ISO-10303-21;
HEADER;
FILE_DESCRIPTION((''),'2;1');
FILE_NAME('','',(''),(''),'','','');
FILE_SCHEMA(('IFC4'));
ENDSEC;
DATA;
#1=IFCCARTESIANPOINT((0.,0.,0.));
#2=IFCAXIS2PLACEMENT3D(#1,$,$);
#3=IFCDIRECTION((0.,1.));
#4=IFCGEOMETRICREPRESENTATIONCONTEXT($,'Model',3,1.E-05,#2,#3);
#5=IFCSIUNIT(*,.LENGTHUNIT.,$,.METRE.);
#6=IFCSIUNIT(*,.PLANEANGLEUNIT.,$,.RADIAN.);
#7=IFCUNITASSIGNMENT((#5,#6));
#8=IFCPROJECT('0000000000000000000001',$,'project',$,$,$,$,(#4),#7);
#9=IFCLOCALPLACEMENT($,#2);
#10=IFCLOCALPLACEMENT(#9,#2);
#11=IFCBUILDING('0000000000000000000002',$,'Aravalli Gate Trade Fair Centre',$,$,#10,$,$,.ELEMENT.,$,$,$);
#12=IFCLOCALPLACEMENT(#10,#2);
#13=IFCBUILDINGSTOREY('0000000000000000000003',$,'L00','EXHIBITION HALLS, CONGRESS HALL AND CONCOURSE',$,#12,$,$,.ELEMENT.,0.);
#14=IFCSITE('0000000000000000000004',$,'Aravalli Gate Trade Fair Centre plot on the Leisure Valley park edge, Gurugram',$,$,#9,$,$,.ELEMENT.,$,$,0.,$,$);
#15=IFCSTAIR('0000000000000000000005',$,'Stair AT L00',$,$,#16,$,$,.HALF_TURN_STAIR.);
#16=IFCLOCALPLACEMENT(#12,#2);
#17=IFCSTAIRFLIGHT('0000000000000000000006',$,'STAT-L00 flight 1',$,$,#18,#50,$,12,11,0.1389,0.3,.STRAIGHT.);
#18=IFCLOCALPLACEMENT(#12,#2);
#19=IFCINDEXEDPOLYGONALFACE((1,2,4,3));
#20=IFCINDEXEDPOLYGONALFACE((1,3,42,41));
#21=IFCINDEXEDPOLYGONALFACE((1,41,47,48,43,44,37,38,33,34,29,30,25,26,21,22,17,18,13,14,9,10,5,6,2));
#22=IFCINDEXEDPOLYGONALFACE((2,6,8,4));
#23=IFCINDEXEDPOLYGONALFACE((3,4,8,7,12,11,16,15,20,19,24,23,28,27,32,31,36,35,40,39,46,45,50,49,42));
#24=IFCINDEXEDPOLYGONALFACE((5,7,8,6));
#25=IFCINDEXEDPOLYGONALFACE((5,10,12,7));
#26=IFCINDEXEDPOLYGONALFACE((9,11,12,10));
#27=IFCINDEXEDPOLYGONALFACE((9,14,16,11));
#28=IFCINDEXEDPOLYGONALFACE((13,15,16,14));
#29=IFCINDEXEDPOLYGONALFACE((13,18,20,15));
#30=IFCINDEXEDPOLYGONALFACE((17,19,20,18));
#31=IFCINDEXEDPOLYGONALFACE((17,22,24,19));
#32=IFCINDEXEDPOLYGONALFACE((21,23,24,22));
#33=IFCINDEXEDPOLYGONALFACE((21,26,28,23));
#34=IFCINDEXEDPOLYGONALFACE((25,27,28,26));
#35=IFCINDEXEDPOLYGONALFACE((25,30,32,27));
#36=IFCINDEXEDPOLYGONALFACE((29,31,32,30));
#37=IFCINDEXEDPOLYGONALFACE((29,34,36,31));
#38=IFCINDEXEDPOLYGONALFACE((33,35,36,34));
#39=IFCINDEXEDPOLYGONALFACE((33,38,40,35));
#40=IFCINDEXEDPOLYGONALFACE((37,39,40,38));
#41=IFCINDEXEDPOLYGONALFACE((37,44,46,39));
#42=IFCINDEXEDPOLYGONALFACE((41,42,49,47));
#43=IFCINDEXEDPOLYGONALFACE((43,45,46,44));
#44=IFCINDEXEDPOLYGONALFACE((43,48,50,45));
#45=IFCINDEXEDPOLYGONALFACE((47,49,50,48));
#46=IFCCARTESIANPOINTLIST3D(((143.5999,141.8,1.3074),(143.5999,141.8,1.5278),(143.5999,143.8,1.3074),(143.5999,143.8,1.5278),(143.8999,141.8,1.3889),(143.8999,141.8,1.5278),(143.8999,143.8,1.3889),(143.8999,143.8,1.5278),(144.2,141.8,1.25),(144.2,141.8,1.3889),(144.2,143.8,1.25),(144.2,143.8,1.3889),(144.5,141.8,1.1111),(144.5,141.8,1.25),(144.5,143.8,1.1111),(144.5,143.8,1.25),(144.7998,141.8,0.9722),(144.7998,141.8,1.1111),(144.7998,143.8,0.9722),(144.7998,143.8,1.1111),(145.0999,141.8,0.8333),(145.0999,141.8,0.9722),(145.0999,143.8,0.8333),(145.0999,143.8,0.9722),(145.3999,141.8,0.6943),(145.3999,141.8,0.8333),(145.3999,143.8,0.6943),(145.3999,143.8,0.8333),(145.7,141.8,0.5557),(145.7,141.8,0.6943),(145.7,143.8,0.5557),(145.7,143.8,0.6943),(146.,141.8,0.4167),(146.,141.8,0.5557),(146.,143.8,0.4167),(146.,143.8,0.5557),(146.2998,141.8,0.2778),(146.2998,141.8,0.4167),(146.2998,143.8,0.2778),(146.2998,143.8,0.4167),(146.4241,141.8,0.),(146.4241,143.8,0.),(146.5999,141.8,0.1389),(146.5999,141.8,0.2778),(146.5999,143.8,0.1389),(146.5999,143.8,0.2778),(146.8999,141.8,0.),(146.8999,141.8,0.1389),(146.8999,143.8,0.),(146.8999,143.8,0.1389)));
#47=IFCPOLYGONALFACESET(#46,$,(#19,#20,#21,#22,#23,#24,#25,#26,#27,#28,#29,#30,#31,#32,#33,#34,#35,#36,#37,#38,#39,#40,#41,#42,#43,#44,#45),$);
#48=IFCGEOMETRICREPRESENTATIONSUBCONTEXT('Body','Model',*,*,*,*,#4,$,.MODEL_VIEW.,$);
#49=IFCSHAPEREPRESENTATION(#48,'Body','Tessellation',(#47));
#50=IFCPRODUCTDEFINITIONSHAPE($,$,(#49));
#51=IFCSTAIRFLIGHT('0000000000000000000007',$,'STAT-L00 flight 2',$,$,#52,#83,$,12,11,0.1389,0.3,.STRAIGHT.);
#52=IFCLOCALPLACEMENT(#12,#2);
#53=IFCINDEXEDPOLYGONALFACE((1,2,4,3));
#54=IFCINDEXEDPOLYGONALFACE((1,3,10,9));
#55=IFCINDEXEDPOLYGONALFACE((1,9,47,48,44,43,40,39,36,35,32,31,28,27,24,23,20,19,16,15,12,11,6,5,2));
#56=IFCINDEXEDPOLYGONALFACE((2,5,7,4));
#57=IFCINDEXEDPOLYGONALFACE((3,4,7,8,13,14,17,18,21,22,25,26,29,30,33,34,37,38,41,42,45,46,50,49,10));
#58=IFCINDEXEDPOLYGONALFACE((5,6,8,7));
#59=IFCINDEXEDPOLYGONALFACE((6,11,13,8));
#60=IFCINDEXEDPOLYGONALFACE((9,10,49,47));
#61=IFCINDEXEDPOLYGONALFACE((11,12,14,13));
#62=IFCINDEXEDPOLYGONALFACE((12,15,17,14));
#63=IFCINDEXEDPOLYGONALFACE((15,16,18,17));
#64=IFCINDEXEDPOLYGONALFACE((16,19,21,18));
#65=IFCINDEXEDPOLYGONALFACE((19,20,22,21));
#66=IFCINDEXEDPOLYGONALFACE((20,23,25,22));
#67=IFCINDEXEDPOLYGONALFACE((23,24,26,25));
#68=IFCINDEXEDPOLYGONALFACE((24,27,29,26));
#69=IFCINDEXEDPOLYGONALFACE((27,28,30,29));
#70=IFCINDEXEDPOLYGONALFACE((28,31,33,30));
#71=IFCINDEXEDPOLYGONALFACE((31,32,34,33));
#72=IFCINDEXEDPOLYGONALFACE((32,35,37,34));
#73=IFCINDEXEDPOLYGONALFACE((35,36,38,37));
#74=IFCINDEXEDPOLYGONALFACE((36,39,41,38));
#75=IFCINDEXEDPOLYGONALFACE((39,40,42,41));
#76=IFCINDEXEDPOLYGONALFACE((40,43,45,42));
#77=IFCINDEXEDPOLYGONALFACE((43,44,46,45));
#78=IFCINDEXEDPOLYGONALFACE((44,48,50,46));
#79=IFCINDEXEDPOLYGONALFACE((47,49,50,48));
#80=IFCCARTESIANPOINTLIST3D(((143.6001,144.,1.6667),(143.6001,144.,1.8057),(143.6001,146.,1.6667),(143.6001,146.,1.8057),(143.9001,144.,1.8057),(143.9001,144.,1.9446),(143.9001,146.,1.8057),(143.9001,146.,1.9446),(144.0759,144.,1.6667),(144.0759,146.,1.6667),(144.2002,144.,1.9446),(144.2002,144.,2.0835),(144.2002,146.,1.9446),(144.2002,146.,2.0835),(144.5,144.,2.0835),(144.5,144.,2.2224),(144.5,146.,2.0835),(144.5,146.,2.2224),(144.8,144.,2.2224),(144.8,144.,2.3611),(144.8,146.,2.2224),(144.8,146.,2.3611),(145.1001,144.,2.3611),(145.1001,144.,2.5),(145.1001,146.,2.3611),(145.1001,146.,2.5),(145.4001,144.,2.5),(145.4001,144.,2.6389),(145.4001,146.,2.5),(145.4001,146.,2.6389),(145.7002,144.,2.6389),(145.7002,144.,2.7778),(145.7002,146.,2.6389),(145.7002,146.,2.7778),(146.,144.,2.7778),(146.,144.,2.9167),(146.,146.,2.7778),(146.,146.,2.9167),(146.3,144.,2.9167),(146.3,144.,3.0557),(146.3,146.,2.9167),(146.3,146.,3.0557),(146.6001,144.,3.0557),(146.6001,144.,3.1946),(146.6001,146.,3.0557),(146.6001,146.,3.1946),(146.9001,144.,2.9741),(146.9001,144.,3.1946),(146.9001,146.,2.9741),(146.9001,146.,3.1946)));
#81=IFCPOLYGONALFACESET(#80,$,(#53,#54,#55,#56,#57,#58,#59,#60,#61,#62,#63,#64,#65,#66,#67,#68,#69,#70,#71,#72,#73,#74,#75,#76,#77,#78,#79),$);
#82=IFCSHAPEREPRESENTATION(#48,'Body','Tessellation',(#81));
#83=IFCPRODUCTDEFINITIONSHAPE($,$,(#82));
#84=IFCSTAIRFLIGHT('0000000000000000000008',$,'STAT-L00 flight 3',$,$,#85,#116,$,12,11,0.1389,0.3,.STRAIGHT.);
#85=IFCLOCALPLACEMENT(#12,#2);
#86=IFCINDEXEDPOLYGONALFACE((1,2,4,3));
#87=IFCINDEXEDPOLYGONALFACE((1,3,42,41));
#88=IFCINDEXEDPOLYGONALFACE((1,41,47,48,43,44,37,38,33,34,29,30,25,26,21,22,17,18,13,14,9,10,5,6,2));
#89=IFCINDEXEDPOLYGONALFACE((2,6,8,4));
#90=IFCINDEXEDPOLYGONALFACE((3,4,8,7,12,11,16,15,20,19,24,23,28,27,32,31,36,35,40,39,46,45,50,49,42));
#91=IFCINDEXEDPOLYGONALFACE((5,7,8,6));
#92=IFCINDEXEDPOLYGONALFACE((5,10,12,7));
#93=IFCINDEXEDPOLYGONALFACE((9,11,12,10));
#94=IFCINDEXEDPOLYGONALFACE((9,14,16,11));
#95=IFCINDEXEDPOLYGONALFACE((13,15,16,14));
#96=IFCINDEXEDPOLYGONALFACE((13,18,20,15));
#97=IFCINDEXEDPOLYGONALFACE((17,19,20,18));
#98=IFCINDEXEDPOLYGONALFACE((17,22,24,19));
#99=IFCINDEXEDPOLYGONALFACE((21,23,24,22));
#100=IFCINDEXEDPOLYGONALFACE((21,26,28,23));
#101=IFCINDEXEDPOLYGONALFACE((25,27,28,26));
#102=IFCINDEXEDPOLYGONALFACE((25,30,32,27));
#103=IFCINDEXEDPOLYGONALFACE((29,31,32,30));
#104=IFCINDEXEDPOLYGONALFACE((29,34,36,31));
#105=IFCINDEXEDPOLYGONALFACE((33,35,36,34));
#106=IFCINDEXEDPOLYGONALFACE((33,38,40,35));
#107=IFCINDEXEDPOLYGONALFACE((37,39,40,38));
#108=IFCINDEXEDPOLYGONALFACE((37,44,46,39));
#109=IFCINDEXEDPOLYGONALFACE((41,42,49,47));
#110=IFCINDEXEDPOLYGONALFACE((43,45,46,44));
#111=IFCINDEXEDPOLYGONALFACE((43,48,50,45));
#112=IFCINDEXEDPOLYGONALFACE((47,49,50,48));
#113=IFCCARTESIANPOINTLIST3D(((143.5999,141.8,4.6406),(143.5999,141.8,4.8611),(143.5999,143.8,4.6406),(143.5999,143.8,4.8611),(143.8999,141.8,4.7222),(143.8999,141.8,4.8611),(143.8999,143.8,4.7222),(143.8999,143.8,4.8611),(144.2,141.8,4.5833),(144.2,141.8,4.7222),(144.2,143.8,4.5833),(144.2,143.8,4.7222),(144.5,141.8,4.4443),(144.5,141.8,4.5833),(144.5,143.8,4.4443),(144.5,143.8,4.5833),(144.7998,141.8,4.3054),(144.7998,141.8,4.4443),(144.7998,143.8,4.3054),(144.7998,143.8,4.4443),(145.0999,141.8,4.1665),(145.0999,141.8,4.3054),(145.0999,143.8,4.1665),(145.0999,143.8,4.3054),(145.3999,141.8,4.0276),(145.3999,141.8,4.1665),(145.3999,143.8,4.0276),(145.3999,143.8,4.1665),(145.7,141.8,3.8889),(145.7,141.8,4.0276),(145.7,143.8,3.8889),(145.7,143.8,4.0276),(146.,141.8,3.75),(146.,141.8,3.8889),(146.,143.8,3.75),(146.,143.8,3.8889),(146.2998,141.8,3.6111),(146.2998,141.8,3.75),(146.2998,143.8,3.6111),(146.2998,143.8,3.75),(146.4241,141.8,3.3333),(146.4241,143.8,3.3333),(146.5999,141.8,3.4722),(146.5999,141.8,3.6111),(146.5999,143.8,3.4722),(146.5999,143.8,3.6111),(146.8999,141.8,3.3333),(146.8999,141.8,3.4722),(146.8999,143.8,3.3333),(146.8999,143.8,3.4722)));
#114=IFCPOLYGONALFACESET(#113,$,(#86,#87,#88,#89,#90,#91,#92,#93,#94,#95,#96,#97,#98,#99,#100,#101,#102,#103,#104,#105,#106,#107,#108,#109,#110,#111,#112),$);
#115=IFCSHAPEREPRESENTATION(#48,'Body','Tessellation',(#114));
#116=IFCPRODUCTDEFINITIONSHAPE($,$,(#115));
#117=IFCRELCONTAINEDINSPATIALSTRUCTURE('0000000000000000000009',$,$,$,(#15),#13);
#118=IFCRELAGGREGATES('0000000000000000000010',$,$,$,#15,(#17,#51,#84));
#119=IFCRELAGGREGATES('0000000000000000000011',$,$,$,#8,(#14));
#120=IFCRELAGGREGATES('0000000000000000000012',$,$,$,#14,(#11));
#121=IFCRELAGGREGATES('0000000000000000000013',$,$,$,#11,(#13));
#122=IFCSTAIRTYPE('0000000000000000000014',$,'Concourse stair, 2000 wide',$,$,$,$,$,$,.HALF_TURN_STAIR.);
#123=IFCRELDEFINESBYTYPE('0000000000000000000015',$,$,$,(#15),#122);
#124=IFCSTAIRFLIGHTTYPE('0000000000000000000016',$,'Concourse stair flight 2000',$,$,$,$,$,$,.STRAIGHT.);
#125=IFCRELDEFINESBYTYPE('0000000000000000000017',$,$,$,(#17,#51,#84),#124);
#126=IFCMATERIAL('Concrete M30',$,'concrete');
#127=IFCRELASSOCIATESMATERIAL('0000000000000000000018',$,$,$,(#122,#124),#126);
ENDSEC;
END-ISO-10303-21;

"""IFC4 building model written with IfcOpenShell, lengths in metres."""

from ifc_helpers import new_model, si_unit, direction, frame, origin, place, context, subcontext, project, spatial, polyline, outline, extrude, material, type_object, element, aggregate, save


model = new_model("IFC4")

# Units and contexts
model_context = context("Model", 3, precision=1e-05, world=origin(), true_north=direction((0.0, 1.0)))
body_context = subcontext(model_context, "Body", "Model", "MODEL_VIEW")
ifc_project = project(units=[si_unit("LENGTHUNIT", "METRE"), si_unit("PLANEANGLEUNIT", "RADIAN")], contexts=[model_context])

# Site, building, storey
site_placement = place(None, origin())
site = spatial("IfcSite", under=ifc_project, at=site_placement, Name="Aravalli Gate Trade Fair Centre plot on the Leisure Valley park edge, Gurugram", CompositionType="ELEMENT", RefElevation=0.0)
building_placement = place(site_placement, origin())
building = spatial("IfcBuilding", under=site, at=building_placement, Name="Aravalli Gate Trade Fair Centre", CompositionType="ELEMENT")
storey_placement = place(building_placement, origin())
storey = spatial("IfcBuildingStorey", under=building, at=storey_placement, Name="L00", Description="EXHIBITION HALLS, CONGRESS HALL AND CONCOURSE", CompositionType="ELEMENT", Elevation=0.0)

# Shared definitions
ifc_material_1 = material(Name="Concrete M30", Category="concrete")

# Stair, stair flights
stair_type = type_object("IfcStairType", Name="Concourse stair, 2000 wide", PredefinedType="HALF_TURN_STAIR", material=ifc_material_1)
stair_placement = place(storey_placement, origin())
stair = element("IfcStair", 1, at=stair_placement, inside=storey, type_object=stair_type, Name="Stair AT L00", PredefinedType="HALF_TURN_STAIR")
stair_flight_type = type_object("IfcStairFlightType", Name="Concourse stair flight 2000", PredefinedType="STRAIGHT", material=ifc_material_1)
stair_flight_1_placement = place(storey_placement, frame((146.8999, 142.8, 0.0), z_axis=(0.0, 0.0, 1.0), x_axis=(-1.0, 0.0, 0.0)))
stair_flight_1 = element("IfcStairFlight", 2, at=stair_flight_1_placement, type_object=stair_flight_type, Name="STAT-L00 flight 1", NumberOfRisers=12, NumberOfTreads=11, PredefinedType="STRAIGHT", RiserHeight=0.1389, TreadLength=0.3, context=body_context, shape_type="SweptSolid", body=[
    extrude(outline(polyline([(0.0, 0.0), (0.0, 0.1389), (0.3, 0.1389), (0.3, 0.2778), (0.6001, 0.2778), (0.6001, 0.4167), (0.8999, 0.4167), (0.8999, 0.5557), (1.2, 0.5557), (1.2, 0.6943), (1.5, 0.6943), (1.5, 0.8333), (1.8, 0.8333), (1.8, 0.9722), (2.1001, 0.9722), (2.1001, 1.1111), (2.3999, 1.1111), (2.3999, 1.25), (2.7, 1.25), (2.7, 1.3889), (3.0, 1.3889), (3.0, 1.5278), (3.3, 1.5278), (3.3, 1.6667), (3.3, 1.3074), (0.4758, 0.0), (0.0, 0.0)])), frame((0.0, 1.0, 0.0), z_axis=(0.0, -1.0, 0.0), x_axis=(1.0, 0.0, 0.0)), (0.0, 0.0, 1.0), 2.0),
])
stair_flight_2_placement = place(storey_placement, frame((143.6001, 145.0, 1.6667), z_axis=(0.0, 0.0, 1.0), x_axis=(1.0, 0.0, 0.0)))
stair_flight_2 = element("IfcStairFlight", 3, at=stair_flight_2_placement, type_object=stair_flight_type, Name="STAT-L00 flight 2", NumberOfRisers=12, NumberOfTreads=11, PredefinedType="STRAIGHT", RiserHeight=0.1389, TreadLength=0.3, context=body_context, shape_type="SweptSolid", body=[
    extrude(outline(polyline([(0.0, 0.0), (0.0, 0.1389), (0.3, 0.1389), (0.3, 0.2778), (0.6001, 0.2778), (0.6001, 0.4167), (0.8999, 0.4167), (0.8999, 0.5557), (1.2, 0.5557), (1.2, 0.6943), (1.5, 0.6943), (1.5, 0.8333), (1.8, 0.8333), (1.8, 0.9722), (2.1001, 0.9722), (2.1001, 1.1111), (2.3999, 1.1111), (2.3999, 1.25), (2.7, 1.25), (2.7, 1.3889), (3.0, 1.3889), (3.0, 1.5278), (3.3, 1.5278), (3.3, 1.6667), (3.3, 1.3074), (0.4758, 0.0), (0.0, 0.0)])), frame((0.0, 1.0, 0.0), z_axis=(0.0, -1.0, 0.0), x_axis=(1.0, 0.0, 0.0)), (0.0, 0.0, 1.0), 2.0),
])
stair_flight_3_placement = place(storey_placement, frame((146.8999, 142.8, 3.3333), z_axis=(0.0, 0.0, 1.0), x_axis=(-1.0, 0.0, 0.0)))
stair_flight_3 = element("IfcStairFlight", 4, at=stair_flight_3_placement, type_object=stair_flight_type, Name="STAT-L00 flight 3", NumberOfRisers=12, NumberOfTreads=11, PredefinedType="STRAIGHT", RiserHeight=0.1389, TreadLength=0.3, context=body_context, shape_type="SweptSolid", body=[
    extrude(outline(polyline([(0.0, 0.0), (0.0, 0.1389), (0.3, 0.1389), (0.3, 0.2778), (0.6001, 0.2778), (0.6001, 0.4167), (0.8999, 0.4167), (0.8999, 0.5557), (1.2, 0.5557), (1.2, 0.6943), (1.5, 0.6943), (1.5, 0.8333), (1.8, 0.8333), (1.8, 0.9722), (2.1001, 0.9722), (2.1001, 1.1111), (2.3999, 1.1111), (2.3999, 1.25), (2.7, 1.25), (2.7, 1.3889), (3.0, 1.3889), (3.0, 1.5278), (3.3, 1.5278), (3.3, 1.6667), (3.3, 1.3074), (0.4758, 0.0), (0.0, 0.0)])), frame((0.0, 1.0, 0.0), z_axis=(0.0, -1.0, 0.0), x_axis=(1.0, 0.0, 0.0)), (0.0, 0.0, 1.0), 2.0),
])
aggregate(stair, [stair_flight_1, stair_flight_2, stair_flight_3])

save(model, "model.ifc")
